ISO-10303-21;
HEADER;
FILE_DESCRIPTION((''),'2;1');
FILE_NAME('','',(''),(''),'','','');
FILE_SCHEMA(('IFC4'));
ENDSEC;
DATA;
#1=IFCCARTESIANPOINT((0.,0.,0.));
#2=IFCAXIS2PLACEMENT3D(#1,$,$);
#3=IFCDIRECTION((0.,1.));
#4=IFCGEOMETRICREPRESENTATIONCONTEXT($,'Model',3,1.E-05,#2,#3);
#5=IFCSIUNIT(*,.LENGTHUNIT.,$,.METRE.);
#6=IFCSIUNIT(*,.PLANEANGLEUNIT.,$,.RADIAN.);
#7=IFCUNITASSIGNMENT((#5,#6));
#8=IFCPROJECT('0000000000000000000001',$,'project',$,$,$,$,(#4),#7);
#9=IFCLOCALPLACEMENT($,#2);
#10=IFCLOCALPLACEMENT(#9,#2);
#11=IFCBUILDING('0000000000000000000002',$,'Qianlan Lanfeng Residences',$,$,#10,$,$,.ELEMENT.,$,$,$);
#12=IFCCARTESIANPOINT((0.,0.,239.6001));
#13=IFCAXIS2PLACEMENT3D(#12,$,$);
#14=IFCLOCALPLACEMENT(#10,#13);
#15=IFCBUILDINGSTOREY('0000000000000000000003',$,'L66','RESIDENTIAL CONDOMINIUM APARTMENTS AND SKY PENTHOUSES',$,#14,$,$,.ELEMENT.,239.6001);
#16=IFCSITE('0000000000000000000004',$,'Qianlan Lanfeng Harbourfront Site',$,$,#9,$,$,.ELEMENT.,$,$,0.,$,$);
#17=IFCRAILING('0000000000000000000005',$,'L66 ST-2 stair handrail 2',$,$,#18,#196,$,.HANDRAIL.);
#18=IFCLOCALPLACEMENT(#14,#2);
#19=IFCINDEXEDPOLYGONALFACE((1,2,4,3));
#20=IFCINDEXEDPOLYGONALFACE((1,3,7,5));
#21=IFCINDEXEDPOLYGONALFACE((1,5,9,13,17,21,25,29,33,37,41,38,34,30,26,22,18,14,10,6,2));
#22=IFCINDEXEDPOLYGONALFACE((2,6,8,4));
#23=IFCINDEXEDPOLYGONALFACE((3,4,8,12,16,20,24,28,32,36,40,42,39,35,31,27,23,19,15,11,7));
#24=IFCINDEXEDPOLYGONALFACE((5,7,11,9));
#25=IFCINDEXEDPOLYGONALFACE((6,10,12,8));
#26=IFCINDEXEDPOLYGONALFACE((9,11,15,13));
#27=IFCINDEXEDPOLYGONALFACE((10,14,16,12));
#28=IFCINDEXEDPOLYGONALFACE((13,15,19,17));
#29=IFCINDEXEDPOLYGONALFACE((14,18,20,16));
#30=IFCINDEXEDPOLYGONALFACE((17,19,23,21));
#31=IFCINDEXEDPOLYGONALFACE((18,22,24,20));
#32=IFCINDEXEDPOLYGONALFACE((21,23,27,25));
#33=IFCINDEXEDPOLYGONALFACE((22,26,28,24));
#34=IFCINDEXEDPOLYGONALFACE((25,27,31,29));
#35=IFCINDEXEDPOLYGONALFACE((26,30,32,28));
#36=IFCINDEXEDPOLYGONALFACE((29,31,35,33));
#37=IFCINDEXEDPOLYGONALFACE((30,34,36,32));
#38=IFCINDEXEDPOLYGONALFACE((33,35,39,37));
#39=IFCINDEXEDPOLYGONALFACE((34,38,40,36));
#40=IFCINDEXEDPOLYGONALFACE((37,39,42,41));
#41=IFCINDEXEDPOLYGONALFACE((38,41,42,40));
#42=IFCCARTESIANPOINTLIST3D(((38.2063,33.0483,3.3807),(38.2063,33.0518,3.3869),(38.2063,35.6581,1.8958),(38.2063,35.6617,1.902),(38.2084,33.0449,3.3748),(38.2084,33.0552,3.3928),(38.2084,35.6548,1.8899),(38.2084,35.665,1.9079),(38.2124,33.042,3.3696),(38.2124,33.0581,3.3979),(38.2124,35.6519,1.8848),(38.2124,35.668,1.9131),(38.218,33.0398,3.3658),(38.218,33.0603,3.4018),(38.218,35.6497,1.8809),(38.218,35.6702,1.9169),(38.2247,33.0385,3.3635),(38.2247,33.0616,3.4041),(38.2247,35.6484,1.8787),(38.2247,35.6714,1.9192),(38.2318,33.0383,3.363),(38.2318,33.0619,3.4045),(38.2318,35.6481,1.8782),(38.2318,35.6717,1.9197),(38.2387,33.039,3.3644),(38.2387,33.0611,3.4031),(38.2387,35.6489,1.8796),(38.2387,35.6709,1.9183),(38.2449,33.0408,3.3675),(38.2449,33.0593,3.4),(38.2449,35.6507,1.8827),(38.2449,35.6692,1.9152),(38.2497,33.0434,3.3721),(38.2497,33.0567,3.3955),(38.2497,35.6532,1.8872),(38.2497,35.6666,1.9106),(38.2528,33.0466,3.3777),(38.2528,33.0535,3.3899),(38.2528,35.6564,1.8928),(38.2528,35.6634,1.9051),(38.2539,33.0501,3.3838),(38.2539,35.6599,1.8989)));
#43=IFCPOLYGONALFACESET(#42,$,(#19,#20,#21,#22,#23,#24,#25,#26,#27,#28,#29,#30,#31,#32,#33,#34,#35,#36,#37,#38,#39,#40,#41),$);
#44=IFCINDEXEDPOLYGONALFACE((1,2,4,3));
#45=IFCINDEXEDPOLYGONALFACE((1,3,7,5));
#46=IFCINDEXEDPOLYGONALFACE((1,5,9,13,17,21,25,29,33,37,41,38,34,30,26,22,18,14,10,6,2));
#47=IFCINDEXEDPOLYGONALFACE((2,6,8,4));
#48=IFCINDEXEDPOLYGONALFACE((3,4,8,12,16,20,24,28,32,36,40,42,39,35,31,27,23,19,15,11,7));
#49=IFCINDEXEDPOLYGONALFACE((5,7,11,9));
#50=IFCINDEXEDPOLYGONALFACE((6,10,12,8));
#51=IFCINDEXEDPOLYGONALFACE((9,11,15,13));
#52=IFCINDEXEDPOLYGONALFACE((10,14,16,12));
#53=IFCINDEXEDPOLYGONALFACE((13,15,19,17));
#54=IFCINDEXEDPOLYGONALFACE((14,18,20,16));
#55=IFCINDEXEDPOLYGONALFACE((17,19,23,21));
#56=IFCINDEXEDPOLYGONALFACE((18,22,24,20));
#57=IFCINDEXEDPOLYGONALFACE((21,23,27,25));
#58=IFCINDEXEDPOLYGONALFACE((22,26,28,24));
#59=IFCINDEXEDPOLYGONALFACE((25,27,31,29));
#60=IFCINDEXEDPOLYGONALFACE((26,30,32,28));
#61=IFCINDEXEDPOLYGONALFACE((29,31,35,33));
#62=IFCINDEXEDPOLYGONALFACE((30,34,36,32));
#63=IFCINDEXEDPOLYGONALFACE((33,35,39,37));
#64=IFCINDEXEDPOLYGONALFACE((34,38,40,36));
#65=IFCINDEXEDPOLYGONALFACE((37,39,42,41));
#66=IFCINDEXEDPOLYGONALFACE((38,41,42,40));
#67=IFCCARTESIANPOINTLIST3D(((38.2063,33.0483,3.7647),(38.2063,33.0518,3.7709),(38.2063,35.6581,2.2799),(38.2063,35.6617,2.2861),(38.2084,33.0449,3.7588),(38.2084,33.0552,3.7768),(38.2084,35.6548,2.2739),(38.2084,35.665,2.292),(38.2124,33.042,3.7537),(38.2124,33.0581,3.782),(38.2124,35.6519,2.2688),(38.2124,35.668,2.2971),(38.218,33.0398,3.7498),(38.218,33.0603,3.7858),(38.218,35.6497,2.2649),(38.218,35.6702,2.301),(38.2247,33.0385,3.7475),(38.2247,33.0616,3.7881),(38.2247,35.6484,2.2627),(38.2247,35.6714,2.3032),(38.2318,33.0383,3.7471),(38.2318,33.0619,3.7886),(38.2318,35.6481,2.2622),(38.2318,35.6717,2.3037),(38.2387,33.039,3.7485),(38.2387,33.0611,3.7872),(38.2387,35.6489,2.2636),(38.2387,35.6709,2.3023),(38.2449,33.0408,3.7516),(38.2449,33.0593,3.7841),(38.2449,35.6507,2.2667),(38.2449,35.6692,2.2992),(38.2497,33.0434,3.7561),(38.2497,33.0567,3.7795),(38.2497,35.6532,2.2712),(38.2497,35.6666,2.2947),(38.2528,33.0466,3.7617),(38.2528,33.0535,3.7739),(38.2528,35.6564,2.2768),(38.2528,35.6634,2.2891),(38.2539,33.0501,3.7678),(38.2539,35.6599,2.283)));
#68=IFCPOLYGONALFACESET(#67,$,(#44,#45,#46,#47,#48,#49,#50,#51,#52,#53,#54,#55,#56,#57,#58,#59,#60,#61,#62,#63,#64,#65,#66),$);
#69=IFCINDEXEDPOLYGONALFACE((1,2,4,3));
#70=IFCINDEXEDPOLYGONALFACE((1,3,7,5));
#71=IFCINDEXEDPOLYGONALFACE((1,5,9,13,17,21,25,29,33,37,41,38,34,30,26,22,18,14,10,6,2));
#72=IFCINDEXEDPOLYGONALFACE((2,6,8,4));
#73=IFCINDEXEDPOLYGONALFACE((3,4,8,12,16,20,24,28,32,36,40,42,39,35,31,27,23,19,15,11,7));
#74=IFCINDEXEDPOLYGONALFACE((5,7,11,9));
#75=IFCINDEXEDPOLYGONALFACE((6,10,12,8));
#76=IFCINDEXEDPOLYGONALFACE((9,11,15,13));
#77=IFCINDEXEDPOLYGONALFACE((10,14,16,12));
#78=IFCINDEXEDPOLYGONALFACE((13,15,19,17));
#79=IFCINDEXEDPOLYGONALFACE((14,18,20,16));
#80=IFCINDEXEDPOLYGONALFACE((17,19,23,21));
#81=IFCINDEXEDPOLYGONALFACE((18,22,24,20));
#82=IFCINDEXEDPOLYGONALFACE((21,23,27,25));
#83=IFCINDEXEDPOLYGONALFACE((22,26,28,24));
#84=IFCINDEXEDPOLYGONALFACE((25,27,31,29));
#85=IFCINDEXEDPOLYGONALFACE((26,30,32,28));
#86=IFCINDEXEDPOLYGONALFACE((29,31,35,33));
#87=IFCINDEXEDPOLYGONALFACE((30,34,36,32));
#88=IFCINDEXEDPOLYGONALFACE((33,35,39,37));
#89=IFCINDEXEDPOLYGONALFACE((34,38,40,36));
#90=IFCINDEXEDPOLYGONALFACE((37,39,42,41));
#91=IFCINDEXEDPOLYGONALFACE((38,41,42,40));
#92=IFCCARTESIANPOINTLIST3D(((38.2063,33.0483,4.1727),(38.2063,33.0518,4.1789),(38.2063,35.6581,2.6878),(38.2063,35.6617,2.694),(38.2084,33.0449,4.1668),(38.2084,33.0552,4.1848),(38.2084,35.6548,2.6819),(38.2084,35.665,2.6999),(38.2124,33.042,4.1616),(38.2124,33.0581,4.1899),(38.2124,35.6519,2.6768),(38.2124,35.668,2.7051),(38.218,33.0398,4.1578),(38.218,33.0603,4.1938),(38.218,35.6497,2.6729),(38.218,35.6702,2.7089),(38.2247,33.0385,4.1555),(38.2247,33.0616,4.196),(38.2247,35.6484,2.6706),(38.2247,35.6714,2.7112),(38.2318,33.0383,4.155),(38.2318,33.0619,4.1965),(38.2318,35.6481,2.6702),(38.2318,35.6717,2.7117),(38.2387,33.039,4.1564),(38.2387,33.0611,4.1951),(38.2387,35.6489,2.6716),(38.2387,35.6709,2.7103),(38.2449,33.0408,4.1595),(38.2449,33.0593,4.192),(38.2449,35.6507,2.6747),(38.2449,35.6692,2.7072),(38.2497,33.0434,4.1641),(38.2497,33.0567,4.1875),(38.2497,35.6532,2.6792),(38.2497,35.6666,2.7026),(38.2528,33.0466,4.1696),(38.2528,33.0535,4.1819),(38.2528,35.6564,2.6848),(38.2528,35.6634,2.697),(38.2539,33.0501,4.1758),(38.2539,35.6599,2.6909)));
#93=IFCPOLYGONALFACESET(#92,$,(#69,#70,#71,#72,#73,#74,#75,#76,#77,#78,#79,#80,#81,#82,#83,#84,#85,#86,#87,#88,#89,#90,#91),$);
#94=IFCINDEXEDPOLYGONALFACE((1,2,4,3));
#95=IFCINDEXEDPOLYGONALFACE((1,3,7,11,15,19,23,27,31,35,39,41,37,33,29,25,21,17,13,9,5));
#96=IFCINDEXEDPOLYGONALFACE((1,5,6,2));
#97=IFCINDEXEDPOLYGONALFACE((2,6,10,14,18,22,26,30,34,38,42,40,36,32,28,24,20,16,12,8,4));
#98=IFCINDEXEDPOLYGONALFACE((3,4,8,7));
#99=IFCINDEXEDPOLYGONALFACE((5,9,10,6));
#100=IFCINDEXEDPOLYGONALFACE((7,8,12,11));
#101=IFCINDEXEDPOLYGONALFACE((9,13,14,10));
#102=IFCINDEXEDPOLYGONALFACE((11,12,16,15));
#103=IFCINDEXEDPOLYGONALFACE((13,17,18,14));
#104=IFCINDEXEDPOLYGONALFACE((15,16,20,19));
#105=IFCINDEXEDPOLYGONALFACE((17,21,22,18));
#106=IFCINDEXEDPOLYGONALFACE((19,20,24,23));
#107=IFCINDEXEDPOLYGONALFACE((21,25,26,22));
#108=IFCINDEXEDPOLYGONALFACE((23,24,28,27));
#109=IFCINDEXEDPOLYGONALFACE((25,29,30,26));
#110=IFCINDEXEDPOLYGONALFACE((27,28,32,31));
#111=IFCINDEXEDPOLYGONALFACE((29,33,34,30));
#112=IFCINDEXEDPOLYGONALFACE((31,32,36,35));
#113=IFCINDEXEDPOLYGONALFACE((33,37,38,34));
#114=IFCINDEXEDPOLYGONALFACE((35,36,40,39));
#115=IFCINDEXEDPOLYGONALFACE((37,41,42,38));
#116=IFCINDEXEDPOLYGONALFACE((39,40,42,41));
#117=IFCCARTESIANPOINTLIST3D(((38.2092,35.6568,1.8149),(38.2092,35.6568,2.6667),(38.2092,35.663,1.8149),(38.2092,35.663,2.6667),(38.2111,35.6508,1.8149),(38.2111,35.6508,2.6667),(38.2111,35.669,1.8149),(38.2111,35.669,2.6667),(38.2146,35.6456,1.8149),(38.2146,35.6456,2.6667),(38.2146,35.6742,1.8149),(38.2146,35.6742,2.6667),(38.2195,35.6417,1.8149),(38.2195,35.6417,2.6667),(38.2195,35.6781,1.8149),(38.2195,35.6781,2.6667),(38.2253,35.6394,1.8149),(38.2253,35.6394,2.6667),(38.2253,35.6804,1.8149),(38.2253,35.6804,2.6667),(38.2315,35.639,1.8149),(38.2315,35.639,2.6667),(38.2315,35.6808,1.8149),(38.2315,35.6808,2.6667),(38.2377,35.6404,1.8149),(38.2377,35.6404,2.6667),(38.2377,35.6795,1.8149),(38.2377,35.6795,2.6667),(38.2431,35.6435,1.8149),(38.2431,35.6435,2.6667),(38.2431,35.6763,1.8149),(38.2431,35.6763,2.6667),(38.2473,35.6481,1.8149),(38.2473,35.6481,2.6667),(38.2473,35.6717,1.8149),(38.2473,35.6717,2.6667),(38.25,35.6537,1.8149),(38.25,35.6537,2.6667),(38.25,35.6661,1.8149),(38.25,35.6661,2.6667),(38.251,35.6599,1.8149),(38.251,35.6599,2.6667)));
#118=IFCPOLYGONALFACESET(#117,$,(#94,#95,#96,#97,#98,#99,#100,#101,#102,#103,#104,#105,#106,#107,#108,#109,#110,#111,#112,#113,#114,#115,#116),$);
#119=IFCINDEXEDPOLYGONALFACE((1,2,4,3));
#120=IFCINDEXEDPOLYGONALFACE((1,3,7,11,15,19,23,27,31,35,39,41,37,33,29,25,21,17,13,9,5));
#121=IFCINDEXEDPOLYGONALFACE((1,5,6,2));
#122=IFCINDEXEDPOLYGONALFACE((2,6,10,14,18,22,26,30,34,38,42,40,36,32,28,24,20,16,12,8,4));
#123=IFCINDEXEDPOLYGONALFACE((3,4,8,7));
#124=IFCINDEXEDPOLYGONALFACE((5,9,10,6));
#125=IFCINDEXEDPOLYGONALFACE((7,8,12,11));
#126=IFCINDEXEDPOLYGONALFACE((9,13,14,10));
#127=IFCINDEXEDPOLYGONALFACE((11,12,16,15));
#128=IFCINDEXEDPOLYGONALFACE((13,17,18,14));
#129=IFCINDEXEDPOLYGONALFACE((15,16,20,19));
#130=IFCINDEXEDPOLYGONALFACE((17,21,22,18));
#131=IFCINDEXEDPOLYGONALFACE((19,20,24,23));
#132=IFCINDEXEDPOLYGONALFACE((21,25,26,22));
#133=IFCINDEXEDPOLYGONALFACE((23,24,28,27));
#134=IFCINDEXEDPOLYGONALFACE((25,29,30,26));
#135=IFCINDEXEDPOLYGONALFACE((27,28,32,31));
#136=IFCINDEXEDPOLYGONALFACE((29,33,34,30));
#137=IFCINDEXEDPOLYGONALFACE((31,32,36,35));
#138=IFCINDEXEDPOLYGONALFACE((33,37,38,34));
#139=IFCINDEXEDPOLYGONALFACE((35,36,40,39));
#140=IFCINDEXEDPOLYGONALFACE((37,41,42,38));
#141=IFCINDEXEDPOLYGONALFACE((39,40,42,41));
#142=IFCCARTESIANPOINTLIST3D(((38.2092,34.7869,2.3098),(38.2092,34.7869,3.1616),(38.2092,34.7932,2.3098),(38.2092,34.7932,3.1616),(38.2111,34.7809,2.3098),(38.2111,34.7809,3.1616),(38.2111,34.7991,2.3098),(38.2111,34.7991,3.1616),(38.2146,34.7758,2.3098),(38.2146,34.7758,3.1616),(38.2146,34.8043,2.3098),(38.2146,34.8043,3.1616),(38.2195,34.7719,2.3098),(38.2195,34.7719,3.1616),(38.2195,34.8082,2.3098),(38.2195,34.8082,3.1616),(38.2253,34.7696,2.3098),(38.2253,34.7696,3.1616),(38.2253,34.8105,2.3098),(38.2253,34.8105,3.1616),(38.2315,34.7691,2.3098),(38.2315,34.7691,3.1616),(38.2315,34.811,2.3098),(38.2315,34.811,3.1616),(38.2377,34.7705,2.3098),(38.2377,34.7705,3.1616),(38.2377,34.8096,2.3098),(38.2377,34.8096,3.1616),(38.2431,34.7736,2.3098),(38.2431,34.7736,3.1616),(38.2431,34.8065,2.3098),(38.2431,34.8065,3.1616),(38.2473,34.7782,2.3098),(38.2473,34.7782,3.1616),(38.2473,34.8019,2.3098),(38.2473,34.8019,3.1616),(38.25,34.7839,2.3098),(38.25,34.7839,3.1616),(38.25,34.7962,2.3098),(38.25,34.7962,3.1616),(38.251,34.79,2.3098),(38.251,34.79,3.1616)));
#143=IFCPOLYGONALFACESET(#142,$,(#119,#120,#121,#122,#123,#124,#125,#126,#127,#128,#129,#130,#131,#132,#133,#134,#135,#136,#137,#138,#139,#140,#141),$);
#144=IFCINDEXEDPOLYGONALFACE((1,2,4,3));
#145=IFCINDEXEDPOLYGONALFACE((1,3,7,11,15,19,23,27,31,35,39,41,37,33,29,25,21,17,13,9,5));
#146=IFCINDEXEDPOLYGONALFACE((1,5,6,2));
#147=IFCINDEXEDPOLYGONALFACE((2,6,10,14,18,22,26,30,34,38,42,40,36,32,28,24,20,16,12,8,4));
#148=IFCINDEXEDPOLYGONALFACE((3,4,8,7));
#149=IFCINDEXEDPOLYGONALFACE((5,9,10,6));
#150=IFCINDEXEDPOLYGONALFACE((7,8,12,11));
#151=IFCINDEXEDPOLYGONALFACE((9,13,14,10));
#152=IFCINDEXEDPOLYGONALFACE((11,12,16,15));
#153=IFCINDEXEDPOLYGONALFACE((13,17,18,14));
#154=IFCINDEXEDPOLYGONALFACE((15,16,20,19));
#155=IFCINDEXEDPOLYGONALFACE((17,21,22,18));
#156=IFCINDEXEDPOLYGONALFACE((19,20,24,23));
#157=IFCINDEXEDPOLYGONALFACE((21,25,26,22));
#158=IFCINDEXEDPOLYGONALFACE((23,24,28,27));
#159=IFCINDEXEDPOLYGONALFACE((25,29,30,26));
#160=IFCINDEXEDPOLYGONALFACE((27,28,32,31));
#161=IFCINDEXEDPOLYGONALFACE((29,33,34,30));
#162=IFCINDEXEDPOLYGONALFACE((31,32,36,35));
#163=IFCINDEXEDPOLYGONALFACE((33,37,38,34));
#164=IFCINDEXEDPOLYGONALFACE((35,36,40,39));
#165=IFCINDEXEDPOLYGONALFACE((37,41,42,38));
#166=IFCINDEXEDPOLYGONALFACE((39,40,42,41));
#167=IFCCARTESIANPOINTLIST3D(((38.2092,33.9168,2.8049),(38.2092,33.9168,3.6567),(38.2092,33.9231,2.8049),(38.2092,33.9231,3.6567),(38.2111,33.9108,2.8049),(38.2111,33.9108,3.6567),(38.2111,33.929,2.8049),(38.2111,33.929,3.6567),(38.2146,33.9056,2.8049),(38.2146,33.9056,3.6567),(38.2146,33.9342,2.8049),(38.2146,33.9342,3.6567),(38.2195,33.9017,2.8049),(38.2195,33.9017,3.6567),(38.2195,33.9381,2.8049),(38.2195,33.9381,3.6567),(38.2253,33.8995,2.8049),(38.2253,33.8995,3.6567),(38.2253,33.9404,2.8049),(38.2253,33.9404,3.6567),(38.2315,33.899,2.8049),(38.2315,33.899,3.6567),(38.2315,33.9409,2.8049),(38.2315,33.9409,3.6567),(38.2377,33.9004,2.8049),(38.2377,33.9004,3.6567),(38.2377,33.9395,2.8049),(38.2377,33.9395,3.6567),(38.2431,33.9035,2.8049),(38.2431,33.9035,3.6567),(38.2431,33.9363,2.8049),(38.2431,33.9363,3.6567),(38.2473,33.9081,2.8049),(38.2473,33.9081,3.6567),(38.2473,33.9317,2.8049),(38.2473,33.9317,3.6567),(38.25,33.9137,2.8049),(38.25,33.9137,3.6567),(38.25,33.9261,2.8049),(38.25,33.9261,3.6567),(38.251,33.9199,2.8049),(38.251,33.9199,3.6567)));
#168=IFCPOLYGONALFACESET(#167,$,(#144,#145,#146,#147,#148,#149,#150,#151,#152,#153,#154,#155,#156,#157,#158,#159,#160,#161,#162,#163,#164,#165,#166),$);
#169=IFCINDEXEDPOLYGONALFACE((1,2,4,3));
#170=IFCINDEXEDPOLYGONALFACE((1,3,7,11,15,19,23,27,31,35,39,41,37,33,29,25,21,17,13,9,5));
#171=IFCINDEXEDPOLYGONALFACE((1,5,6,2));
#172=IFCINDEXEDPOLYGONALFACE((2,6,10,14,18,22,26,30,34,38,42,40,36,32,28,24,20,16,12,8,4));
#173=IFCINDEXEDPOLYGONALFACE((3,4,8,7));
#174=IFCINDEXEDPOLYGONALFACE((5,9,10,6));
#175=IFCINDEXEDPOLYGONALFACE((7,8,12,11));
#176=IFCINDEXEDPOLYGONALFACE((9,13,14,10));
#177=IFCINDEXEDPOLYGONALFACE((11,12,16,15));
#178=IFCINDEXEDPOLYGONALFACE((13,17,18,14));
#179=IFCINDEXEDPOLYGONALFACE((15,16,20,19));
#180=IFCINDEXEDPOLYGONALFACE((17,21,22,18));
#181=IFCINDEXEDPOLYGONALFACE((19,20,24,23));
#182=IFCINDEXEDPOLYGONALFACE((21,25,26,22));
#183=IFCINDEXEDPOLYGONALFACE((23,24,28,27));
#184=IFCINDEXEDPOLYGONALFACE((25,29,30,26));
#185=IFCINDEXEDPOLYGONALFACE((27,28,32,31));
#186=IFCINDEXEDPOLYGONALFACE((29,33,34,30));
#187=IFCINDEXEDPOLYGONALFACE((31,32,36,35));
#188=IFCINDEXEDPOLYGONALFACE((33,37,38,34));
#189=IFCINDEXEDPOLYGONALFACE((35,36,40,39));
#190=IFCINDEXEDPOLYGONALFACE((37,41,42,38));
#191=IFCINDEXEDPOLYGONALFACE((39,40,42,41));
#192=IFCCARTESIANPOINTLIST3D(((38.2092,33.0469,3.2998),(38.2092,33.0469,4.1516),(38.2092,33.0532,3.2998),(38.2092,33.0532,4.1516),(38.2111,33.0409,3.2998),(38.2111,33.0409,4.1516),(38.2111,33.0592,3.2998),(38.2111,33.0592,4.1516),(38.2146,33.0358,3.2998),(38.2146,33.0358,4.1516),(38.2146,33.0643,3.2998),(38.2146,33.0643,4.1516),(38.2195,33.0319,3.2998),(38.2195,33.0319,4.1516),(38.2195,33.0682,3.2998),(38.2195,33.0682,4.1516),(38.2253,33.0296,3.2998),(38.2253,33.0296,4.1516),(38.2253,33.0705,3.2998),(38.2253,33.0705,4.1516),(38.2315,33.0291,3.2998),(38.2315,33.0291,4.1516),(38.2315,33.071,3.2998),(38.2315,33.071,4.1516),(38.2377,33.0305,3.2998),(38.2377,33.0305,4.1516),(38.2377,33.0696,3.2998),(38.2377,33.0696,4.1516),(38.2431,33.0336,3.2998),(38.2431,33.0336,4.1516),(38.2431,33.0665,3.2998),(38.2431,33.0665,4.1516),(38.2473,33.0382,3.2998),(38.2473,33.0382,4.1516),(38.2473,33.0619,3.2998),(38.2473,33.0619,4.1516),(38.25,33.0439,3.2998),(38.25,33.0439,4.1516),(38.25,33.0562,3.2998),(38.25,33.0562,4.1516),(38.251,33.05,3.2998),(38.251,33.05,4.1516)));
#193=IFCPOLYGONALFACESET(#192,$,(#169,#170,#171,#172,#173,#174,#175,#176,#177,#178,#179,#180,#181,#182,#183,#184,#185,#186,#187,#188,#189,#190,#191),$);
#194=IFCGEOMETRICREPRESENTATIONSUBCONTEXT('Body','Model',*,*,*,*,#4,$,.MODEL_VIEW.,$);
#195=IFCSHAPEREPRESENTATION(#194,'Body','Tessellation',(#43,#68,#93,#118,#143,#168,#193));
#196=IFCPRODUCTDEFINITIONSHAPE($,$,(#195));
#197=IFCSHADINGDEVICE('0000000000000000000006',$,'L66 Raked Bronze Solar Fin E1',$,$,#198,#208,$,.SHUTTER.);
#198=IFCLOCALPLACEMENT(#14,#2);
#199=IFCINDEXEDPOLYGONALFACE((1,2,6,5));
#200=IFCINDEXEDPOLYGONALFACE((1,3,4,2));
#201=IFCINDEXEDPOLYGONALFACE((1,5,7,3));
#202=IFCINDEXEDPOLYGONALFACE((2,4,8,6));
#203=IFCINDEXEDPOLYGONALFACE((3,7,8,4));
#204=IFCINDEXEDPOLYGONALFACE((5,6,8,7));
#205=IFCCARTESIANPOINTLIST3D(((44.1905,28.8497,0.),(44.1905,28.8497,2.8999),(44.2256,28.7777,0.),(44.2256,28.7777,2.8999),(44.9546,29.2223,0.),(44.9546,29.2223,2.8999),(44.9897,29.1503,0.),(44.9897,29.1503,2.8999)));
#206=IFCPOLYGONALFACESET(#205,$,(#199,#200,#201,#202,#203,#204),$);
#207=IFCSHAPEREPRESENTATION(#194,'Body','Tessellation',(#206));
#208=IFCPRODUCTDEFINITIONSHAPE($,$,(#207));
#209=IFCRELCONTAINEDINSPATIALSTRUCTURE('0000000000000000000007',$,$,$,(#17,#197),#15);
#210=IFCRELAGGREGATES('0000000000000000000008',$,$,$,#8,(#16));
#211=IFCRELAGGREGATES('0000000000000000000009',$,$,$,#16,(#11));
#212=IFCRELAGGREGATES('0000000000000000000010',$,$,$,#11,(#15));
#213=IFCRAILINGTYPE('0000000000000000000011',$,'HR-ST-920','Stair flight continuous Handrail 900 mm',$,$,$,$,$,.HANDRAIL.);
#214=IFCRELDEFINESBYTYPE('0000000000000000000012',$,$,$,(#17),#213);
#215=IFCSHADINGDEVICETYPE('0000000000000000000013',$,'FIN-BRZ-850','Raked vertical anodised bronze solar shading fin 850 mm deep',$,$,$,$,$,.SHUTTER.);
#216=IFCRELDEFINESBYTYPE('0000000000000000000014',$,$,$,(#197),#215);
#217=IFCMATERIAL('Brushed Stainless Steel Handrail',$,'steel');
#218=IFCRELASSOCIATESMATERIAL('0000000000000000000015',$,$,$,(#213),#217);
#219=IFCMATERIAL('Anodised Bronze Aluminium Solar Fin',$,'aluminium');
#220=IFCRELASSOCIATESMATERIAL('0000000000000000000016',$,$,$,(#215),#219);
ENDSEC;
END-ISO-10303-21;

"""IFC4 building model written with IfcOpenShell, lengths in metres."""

from ifc_helpers import new_model, si_unit, direction, frame, origin, origin_2d, place, context, subcontext, project, spatial, rectangle, circle, extrude, source, transform, mapped, material, type_object, element, save


model = new_model("IFC4")

# Units and contexts
model_context = context("Model", 3, precision=1e-05, world=origin(), true_north=direction((0.0, 1.0)))
body_context = subcontext(model_context, "Body", "Model", "MODEL_VIEW")
ifc_project = project(units=[si_unit("LENGTHUNIT", "METRE"), si_unit("PLANEANGLEUNIT", "RADIAN")], contexts=[model_context])

# Site, building, storey
site_placement = place(None, origin())
site = spatial("IfcSite", under=ifc_project, at=site_placement, Name="Qianlan Lanfeng Harbourfront Site", CompositionType="ELEMENT", RefElevation=0.0)
building_placement = place(site_placement, origin())
building = spatial("IfcBuilding", under=site, at=building_placement, Name="Qianlan Lanfeng Residences", CompositionType="ELEMENT")
storey_placement = place(building_placement, frame((0.0, 0.0, 239.6001)))
storey = spatial("IfcBuildingStorey", under=building, at=storey_placement, Name="L66", Description="RESIDENTIAL CONDOMINIUM APARTMENTS AND SKY PENTHOUSES", CompositionType="ELEMENT", Elevation=239.6001)

# Railing
ifc_material_1 = material(Name="Brushed Stainless Steel Handrail", Category="steel")
railing_type_1 = type_object("IfcRailingType", Name="HR-ST-920", Description="Stair flight continuous Handrail 900 mm", PredefinedType="HANDRAIL", material=ifc_material_1)
railing_1_placement = place(storey_placement, frame((38.23, 35.6599, 1.8149)))
element("IfcRailing", 1, at=railing_1_placement, inside=storey, type_object=railing_type_1, Name="L66 ST-2 stair handrail 2", PredefinedType="HANDRAIL", context=body_context, shape_type="SweptSolid", body=[
    extrude(circle(Radius=0.0239, at=origin_2d()), frame((0.0, 0.0, 0.084), z_axis=(0.0, -0.869172, 0.494509), x_axis=(1.0, 0.0, 0.0)), (0.0, 0.0, 1.0), 3.0027),
    extrude(circle(Radius=0.0239, at=origin_2d()), frame((0.0, 0.0, 0.468), z_axis=(0.0, -0.869172, 0.494509), x_axis=(1.0, 0.0, 0.0)), (0.0, 0.0, 1.0), 3.0027),
    extrude(circle(Radius=0.0239, at=origin_2d()), frame((0.0, 0.0, 0.876), z_axis=(0.0, -0.869172, 0.494509), x_axis=(1.0, 0.0, 0.0)), (0.0, 0.0, 1.0), 3.0027),
    extrude(circle(Radius=0.021, at=origin_2d()), origin(), (0.0, 0.0, 1.0), 0.8518),
    extrude(circle(Radius=0.021, at=origin_2d()), frame((0.0, -0.8699, 0.4949)), (0.0, 0.0, 1.0), 0.8518),
    extrude(circle(Radius=0.021, at=origin_2d()), frame((0.0, -1.74, 0.99)), (0.0, 0.0, 1.0), 0.8518),
    extrude(circle(Radius=0.021, at=origin_2d()), frame((0.0, -2.6099, 1.4849)), (0.0, 0.0, 1.0), 0.8518),
])

# Shading device
ifc_material_2 = material(Name="Anodised Bronze Aluminium Solar Fin", Category="aluminium")
shading_device_type = type_object("IfcShadingDeviceType", Name="FIN-BRZ-850", Description="Raked vertical anodised bronze solar shading fin 850 mm deep", PredefinedType="SHUTTER", material=ifc_material_2)
shared_shape_1 = source(origin(), body_context, "Body", "SweptSolid", [
    extrude(rectangle(XDim=0.8501, YDim=0.0801, at=origin_2d()), origin(), (0.0, 0.0, 1.0), 2.8999),
])
for number, where, z_axis, x_axis, name in (
    (2, (44.5901, 29.0, 0.0), (0.0, 0.0, 1.0), (0.898794, 0.438371, 0.0), "L66 Raked Bronze Solar Fin E1"),
):
    element("IfcShadingDevice", number, at=place(storey_placement, frame(where, z_axis=z_axis, x_axis=x_axis)), inside=storey, type_object=shading_device_type, Name=name, PredefinedType="SHUTTER", context=body_context, shape_type="MappedRepresentation", body=[
        mapped(shared_shape_1, transform((0.0, 0.0, 0.0), scale=1.0)),
    ])

save(model, "model.ifc")
